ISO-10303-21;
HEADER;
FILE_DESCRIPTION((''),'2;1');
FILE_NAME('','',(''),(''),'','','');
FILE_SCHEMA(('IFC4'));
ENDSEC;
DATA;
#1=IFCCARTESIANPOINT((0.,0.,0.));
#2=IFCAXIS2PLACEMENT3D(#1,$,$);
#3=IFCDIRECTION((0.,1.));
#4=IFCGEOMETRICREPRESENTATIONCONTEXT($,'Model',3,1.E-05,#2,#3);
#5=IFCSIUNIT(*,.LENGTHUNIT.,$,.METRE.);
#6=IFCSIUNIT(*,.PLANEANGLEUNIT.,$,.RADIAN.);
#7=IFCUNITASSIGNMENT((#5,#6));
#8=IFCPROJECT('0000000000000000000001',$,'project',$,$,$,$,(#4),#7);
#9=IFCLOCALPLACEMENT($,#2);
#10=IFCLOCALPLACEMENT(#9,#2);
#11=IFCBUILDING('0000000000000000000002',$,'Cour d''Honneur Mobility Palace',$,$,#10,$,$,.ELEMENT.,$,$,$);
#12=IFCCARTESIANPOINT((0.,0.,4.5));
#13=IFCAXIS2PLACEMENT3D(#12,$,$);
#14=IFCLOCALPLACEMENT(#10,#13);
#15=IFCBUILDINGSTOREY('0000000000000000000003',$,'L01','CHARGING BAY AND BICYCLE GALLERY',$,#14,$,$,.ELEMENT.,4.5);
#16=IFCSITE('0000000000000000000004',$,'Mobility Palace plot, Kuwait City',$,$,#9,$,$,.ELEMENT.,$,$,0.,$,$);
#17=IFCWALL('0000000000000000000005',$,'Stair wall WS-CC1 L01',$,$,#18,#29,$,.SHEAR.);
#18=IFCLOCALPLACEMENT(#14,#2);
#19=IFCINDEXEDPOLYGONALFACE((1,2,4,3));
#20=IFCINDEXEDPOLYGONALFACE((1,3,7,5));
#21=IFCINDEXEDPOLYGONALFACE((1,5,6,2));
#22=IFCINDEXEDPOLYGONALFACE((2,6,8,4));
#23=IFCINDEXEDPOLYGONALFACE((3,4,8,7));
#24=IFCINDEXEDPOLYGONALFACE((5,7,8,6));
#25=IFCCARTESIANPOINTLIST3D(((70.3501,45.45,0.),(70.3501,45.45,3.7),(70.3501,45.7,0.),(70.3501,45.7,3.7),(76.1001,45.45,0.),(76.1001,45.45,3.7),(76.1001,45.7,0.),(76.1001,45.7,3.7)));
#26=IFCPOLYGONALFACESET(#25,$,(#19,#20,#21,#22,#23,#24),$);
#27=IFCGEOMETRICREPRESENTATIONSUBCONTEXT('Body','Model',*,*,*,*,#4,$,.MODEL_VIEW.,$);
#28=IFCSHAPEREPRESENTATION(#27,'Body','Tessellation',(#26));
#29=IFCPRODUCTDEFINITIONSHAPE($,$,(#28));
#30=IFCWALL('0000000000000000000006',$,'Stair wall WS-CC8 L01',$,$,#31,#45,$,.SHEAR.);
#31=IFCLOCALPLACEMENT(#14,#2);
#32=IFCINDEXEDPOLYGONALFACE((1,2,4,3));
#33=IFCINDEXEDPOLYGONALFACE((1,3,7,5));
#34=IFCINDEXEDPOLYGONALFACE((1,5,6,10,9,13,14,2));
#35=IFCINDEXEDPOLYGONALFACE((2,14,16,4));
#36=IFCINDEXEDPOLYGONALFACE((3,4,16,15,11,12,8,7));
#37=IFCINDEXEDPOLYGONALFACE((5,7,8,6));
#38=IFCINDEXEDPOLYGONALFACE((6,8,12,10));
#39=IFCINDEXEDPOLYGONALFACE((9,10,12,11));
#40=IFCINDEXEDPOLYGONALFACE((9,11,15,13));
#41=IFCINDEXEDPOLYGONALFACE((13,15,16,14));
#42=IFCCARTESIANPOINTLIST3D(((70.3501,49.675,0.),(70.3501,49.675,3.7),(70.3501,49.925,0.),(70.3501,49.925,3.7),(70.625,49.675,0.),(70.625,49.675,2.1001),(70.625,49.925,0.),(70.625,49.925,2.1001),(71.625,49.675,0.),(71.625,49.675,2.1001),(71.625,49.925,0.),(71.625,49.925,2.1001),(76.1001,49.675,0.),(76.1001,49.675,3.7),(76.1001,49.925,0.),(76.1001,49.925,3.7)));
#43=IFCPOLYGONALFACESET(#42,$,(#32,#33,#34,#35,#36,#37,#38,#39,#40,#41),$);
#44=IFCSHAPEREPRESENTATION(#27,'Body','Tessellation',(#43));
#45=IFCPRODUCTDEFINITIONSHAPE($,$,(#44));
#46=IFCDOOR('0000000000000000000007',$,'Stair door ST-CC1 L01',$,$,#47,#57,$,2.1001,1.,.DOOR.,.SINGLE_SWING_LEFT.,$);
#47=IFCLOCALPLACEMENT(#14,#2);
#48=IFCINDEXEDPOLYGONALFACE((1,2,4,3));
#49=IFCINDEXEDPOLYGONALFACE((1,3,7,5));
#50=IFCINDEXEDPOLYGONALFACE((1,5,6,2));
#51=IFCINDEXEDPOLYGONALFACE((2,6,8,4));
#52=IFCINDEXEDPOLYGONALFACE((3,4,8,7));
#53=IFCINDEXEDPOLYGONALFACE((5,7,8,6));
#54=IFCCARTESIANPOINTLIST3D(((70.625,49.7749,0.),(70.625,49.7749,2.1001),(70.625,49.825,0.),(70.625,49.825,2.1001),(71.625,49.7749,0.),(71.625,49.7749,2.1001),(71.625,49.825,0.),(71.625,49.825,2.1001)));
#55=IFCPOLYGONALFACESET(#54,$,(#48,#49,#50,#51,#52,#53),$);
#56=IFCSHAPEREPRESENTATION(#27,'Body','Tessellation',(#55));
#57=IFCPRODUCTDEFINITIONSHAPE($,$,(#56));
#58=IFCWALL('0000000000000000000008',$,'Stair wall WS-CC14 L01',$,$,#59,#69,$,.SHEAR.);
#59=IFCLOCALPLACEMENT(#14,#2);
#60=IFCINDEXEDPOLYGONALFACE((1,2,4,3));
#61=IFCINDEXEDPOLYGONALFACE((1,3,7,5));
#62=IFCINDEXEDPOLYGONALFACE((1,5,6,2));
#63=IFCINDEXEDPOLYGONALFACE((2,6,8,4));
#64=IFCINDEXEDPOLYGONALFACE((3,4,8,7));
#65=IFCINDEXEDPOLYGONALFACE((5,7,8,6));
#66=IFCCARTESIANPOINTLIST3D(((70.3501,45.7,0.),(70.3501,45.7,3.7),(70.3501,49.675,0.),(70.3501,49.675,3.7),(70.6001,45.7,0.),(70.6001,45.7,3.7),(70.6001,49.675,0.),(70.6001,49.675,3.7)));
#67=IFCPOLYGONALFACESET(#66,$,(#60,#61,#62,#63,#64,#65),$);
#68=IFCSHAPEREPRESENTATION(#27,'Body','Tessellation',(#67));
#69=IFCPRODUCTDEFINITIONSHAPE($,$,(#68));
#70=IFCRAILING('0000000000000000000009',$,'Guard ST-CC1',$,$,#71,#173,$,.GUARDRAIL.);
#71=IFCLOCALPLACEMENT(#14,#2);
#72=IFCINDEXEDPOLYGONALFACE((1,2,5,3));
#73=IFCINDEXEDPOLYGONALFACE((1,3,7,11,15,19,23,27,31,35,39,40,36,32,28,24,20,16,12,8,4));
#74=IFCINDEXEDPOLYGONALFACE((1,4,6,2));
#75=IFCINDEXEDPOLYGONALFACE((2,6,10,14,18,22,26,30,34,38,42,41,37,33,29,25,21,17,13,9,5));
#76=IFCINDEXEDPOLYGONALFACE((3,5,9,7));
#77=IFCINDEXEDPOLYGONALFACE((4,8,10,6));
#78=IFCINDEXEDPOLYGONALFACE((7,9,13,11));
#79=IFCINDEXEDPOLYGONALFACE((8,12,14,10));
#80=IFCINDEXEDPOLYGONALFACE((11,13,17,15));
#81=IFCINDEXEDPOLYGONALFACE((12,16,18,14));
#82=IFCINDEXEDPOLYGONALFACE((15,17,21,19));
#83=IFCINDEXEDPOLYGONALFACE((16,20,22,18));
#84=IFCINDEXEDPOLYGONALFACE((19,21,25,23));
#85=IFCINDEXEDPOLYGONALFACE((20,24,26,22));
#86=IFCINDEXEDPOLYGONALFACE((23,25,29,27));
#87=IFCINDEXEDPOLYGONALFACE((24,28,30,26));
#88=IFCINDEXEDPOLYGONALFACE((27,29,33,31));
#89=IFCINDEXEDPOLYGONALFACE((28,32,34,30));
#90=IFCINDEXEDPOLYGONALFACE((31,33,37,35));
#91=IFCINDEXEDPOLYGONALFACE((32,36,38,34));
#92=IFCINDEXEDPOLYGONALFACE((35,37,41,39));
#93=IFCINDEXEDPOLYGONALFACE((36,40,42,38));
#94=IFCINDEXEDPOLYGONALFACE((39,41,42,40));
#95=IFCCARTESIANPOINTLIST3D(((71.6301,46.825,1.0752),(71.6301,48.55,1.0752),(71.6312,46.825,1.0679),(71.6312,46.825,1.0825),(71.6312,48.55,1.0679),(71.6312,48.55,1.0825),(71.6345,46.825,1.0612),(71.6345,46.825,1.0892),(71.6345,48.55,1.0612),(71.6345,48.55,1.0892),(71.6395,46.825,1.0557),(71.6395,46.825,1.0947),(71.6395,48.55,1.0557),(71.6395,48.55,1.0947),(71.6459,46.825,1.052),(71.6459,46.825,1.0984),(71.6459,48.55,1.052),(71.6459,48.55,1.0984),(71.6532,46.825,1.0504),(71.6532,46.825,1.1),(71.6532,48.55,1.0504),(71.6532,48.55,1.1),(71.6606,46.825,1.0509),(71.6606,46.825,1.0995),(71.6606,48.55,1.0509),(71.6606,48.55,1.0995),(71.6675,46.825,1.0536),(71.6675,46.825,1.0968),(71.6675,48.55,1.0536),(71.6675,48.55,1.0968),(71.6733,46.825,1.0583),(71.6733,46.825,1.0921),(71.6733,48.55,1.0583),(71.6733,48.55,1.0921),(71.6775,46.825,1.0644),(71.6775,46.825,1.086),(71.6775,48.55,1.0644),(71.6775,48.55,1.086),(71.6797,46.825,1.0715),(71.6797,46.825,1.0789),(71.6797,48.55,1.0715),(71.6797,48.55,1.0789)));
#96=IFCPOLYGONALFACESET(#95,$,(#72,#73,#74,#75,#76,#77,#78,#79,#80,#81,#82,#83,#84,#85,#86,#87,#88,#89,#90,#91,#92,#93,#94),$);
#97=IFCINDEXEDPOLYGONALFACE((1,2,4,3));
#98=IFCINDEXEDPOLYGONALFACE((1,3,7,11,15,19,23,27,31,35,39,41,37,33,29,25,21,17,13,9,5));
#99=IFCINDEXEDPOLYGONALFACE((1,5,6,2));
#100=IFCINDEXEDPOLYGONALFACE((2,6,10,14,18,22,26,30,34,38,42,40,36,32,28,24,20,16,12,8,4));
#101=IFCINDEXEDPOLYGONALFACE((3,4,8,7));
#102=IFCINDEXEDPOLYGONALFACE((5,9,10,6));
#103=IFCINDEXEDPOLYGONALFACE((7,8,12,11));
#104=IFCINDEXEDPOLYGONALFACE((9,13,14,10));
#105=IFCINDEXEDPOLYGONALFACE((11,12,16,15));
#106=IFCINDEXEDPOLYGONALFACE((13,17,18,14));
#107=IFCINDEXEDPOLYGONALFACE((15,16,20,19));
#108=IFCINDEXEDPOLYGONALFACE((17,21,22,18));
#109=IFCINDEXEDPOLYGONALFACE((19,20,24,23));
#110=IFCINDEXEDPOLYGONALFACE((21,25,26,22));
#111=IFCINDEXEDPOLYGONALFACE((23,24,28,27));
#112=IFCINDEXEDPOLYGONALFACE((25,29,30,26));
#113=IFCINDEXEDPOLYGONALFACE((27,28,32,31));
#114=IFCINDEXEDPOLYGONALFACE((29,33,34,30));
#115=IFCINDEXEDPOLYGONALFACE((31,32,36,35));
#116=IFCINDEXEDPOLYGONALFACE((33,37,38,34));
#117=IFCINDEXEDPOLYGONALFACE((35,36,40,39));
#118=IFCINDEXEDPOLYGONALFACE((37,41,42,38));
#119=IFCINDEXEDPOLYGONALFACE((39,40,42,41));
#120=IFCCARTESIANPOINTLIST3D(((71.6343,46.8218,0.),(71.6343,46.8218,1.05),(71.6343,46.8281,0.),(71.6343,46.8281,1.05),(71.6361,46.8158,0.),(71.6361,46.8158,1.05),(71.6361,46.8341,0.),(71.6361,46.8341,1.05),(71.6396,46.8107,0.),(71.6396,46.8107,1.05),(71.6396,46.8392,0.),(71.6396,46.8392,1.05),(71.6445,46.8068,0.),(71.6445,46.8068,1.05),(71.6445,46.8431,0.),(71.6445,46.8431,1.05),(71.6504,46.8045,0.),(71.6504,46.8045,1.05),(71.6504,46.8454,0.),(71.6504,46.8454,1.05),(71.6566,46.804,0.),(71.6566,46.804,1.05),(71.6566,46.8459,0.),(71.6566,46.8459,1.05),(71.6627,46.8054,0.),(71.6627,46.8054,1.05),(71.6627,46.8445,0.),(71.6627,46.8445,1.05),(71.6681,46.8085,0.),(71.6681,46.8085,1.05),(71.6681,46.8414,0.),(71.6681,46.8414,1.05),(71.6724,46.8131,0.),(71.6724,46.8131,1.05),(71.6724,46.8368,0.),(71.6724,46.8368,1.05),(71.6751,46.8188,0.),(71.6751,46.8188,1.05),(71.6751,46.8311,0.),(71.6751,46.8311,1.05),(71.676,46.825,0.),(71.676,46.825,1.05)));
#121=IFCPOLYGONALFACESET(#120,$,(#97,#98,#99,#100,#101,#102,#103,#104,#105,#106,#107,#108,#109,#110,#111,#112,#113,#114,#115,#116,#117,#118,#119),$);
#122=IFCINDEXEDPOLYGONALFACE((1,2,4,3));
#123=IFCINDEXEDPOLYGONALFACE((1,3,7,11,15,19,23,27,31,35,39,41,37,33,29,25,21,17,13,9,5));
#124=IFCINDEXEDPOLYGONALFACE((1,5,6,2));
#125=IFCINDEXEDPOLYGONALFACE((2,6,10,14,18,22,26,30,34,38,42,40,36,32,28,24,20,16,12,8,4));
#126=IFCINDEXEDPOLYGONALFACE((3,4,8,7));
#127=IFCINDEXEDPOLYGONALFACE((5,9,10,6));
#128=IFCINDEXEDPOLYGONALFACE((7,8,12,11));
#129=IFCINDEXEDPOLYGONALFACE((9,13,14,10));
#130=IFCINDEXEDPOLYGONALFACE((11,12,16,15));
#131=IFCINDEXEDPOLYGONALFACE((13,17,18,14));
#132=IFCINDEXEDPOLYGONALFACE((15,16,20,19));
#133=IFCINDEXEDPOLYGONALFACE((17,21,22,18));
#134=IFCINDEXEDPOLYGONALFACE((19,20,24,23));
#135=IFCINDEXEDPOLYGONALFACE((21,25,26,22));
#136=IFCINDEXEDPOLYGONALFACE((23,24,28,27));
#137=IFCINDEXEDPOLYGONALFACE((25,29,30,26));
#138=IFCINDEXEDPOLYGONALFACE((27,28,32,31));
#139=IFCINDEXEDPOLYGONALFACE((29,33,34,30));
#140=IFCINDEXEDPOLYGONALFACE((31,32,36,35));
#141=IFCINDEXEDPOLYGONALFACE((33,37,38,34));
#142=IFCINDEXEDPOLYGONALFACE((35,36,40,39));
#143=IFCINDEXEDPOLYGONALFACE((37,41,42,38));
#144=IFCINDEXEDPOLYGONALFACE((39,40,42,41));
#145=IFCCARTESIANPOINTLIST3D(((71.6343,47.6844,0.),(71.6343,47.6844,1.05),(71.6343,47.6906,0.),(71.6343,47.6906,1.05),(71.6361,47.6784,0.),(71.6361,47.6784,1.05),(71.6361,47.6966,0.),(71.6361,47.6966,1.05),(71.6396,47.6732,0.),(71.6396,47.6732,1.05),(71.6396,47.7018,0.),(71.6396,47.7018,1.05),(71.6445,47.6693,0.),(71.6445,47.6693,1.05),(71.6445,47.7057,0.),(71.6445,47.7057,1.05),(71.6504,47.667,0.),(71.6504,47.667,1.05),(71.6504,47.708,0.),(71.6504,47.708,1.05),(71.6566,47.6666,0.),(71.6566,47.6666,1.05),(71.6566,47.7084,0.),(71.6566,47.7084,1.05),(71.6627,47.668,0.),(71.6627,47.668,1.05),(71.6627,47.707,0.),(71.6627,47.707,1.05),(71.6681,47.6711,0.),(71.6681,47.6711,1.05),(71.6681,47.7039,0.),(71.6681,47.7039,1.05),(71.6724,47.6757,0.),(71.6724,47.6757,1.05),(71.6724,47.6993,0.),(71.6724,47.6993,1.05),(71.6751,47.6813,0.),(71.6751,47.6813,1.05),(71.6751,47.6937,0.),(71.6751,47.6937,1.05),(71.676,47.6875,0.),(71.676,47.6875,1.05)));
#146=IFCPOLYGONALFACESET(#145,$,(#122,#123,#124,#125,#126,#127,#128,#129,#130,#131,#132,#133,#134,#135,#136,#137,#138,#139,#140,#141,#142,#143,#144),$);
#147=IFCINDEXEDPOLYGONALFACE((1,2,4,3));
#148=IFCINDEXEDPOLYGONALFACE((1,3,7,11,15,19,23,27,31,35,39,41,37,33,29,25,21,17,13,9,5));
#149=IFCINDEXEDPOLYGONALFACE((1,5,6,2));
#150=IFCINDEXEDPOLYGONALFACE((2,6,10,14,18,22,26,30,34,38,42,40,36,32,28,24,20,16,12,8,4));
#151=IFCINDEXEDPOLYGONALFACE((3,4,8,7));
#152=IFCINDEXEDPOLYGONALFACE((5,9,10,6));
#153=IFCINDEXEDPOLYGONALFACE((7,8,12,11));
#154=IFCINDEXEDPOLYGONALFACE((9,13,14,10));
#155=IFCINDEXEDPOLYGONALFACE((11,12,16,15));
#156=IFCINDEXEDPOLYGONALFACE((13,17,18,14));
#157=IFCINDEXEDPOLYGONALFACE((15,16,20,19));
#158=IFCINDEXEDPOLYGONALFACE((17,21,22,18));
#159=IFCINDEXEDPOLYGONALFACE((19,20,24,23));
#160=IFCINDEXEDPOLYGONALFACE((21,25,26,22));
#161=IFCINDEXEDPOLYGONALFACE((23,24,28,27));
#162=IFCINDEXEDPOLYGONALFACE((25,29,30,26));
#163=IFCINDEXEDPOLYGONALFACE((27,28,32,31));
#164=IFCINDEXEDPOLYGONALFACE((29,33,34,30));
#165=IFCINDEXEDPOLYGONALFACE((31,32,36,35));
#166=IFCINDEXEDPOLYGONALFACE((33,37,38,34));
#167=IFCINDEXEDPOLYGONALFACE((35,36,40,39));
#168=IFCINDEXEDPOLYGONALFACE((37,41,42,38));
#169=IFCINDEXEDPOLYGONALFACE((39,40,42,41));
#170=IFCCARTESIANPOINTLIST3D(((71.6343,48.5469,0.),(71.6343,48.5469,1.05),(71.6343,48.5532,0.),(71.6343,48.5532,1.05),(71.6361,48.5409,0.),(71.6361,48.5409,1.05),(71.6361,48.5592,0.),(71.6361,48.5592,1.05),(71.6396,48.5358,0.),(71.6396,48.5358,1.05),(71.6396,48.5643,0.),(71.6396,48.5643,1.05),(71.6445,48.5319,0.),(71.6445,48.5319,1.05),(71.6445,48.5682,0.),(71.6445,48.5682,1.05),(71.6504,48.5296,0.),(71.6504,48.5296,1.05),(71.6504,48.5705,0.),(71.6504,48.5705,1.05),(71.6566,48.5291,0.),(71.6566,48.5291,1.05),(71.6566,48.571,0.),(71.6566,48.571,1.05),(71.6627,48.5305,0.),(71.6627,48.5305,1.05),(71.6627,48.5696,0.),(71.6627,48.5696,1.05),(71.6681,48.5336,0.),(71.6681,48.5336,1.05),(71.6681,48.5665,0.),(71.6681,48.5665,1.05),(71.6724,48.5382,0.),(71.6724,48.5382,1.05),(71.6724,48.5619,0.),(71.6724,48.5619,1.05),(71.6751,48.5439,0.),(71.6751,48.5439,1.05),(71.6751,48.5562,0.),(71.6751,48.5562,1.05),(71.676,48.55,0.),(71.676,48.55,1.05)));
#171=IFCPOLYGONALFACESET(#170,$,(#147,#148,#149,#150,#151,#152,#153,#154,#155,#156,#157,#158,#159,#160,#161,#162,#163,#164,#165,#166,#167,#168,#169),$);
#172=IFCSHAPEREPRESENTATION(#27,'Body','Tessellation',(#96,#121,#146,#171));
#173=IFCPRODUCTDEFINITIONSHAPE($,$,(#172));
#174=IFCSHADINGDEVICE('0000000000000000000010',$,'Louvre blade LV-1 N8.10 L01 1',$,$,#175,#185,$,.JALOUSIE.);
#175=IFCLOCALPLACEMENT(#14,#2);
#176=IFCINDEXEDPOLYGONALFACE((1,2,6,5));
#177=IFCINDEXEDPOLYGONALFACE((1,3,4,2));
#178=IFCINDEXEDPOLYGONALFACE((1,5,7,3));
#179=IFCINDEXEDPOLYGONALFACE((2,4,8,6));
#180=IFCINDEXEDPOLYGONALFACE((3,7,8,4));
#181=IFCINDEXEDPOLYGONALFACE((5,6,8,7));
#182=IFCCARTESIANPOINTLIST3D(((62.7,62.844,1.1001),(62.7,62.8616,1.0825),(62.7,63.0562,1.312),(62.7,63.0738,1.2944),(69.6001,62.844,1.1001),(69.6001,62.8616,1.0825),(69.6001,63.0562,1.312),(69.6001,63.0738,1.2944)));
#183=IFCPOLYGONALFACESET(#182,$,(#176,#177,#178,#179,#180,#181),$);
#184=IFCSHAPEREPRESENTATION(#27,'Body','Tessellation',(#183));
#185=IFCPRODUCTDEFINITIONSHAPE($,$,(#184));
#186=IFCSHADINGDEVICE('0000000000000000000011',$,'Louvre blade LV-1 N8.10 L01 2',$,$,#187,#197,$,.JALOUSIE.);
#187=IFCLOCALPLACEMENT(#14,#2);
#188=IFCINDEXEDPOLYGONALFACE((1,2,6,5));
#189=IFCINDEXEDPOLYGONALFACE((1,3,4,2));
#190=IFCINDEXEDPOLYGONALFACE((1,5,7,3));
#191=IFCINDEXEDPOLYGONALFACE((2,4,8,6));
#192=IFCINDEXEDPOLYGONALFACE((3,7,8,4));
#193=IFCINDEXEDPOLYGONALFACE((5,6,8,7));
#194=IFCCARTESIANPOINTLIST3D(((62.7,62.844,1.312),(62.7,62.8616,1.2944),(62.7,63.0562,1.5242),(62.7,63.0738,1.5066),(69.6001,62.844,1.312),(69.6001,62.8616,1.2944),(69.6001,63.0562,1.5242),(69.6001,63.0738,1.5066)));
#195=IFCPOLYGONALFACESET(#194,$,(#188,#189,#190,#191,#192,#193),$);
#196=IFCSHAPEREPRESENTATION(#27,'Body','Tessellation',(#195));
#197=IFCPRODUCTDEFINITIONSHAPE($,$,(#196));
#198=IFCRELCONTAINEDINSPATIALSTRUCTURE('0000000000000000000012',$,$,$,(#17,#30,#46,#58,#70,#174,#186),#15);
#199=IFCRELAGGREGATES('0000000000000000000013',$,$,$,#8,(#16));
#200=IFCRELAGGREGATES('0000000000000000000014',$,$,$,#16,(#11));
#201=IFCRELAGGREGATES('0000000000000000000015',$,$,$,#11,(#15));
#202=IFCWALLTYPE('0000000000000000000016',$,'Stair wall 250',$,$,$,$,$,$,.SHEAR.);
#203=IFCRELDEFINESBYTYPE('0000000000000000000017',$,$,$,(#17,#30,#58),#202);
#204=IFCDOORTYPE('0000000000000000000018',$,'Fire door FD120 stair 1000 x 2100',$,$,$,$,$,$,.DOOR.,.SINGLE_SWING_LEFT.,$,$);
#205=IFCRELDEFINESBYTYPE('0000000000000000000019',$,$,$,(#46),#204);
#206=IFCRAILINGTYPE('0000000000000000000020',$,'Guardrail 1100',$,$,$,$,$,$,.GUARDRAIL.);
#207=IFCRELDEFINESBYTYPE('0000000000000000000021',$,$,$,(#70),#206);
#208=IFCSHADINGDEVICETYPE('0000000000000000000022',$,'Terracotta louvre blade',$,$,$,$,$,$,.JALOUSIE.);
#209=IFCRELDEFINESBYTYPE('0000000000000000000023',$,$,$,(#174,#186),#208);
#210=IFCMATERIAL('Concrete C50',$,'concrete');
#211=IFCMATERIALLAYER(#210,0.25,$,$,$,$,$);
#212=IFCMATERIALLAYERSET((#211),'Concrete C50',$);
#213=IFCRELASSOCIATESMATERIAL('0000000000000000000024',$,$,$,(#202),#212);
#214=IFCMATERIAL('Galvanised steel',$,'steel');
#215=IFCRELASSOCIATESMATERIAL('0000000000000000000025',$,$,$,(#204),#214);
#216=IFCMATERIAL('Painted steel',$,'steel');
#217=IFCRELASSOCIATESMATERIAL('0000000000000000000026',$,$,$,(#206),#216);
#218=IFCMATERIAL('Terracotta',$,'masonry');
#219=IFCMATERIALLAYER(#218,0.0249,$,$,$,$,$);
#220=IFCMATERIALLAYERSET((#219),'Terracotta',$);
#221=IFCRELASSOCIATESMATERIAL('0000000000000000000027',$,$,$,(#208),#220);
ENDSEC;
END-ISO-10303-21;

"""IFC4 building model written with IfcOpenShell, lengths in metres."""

from ifc_helpers import new_model, si_unit, direction, frame, frame_2d, origin, origin_2d, place, context, subcontext, project, spatial, polyline, rectangle, circle, outline, extrude, material, layer, layer_set, type_object, element, fill, save


model = new_model("IFC4")

# Units and contexts
model_context = context("Model", 3, precision=1e-05, world=origin(), true_north=direction((0.0, 1.0)))
body_context = subcontext(model_context, "Body", "Model", "MODEL_VIEW")
ifc_project = project(units=[si_unit("LENGTHUNIT", "METRE"), si_unit("PLANEANGLEUNIT", "RADIAN")], contexts=[model_context])

# Site, building, storey
site_placement = place(None, origin())
site = spatial("IfcSite", under=ifc_project, at=site_placement, Name="Mobility Palace plot, Kuwait City", CompositionType="ELEMENT", RefElevation=0.0)
building_placement = place(site_placement, origin())
building = spatial("IfcBuilding", under=site, at=building_placement, Name="Cour d'Honneur Mobility Palace", CompositionType="ELEMENT")
storey_placement = place(building_placement, frame((0.0, 0.0, 4.5)))
storey = spatial("IfcBuildingStorey", under=building, at=storey_placement, Name="L01", Description="CHARGING BAY AND BICYCLE GALLERY", CompositionType="ELEMENT", Elevation=4.5)

# Wall
ifc_material_1 = material(Name="Concrete C50", Category="concrete")
ifc_layer_1 = layer(ifc_material_1, 0.25)
ifc_layer_set_1 = layer_set([ifc_layer_1], Name="Concrete C50")
wall_type_1 = type_object("IfcWallType", Name="Stair wall 250", PredefinedType="SHEAR", material=ifc_layer_set_1)
wall_1_placement = place(storey_placement, frame((70.3501, 45.575, 0.0), z_axis=(0.0, 0.0, 1.0), x_axis=(1.0, 0.0, 0.0)))
element("IfcWall", 1, at=wall_1_placement, inside=storey, type_object=wall_type_1, Name="Stair wall WS-CC1 L01", PredefinedType="SHEAR", context=body_context, shape_type="SweptSolid", body=[
    extrude(rectangle(XDim=5.75, YDim=0.25, at=frame_2d((2.875, 0.0))), origin(), (0.0, 0.0, 1.0), 3.7),
])

# Wall, opening, door
wall_2_placement = place(storey_placement, frame((70.3501, 49.8, 0.0), z_axis=(0.0, 0.0, 1.0), x_axis=(1.0, 0.0, 0.0)))
wall_2 = element("IfcWall", 2, at=wall_2_placement, inside=storey, type_object=wall_type_1, Name="Stair wall WS-CC8 L01", PredefinedType="SHEAR", context=body_context, shape_type="SweptSolid", body=[
    extrude(rectangle(XDim=5.75, YDim=0.25, at=frame_2d((2.875, 0.0))), origin(), (0.0, 0.0, 1.0), 3.7),
])
opening_placement = place(wall_2_placement, frame((0.2749, 0.0, 0.0)))
opening = element("IfcOpeningElement", 3, at=opening_placement, cuts=wall_2, PredefinedType="OPENING", context=body_context, shape_type="SweptSolid", body=[
    extrude(rectangle(XDim=1.0, YDim=2.1001, at=frame_2d((0.5, 1.05))), frame((0.0, 0.135, 0.0), z_axis=(0.0, -1.0, 0.0), x_axis=(1.0, 0.0, 0.0)), (0.0, 0.0, 1.0), 0.27),
])
ifc_material_2 = material(Name="Galvanised steel", Category="steel")
door_type = type_object("IfcDoorType", Name="Fire door FD120 stair 1000 x 2100", OperationType="SINGLE_SWING_LEFT", PredefinedType="DOOR", material=ifc_material_2)
door_placement = place(opening_placement, origin())
door = element("IfcDoor", 4, at=door_placement, inside=storey, type_object=door_type, Name="Stair door ST-CC1 L01", OperationType="SINGLE_SWING_LEFT", OverallHeight=2.1001, OverallWidth=1.0, PredefinedType="DOOR", context=body_context, shape_type="SweptSolid", body=[
    extrude(rectangle(XDim=1.0, YDim=2.1001, at=frame_2d((0.5, 1.05))), frame((0.0, 0.0249, 0.0), z_axis=(0.0, -1.0, 0.0), x_axis=(1.0, 0.0, 0.0)), (0.0, 0.0, 1.0), 0.05),
])
fill(opening, door)

# Wall
wall_3_placement = place(storey_placement, frame((70.4751, 45.7, 0.0), z_axis=(0.0, 0.0, 1.0), x_axis=(0.0, 1.0, 0.0)))
element("IfcWall", 5, at=wall_3_placement, inside=storey, type_object=wall_type_1, Name="Stair wall WS-CC14 L01", PredefinedType="SHEAR", context=body_context, shape_type="SweptSolid", body=[
    extrude(rectangle(XDim=3.9751, YDim=0.25, at=frame_2d((1.9875, 0.0))), origin(), (0.0, 0.0, 1.0), 3.7),
])

# Railing
ifc_material_3 = material(Name="Painted steel", Category="steel")
railing_type = type_object("IfcRailingType", Name="Guardrail 1100", PredefinedType="GUARDRAIL", material=ifc_material_3)
railing_placement = place(storey_placement, frame((71.655, 46.825, 0.0)))
element("IfcRailing", 6, at=railing_placement, inside=storey, type_object=railing_type, Name="Guard ST-CC1", PredefinedType="GUARDRAIL", context=body_context, shape_type="SweptSolid", body=[
    extrude(circle(Radius=0.0249, at=origin_2d()), frame((0.0, 0.0, 1.0752), z_axis=(0.0, 1.0, 0.0), x_axis=(-1.0, 0.0, 0.0)), (0.0, 0.0, 1.0), 1.7251),
    extrude(circle(Radius=0.021, at=origin_2d()), origin(), (0.0, 0.0, 1.0), 1.05),
    extrude(circle(Radius=0.021, at=origin_2d()), frame((0.0, 0.8625, 0.0)), (0.0, 0.0, 1.0), 1.05),
    extrude(circle(Radius=0.021, at=origin_2d()), frame((0.0, 1.7251, 0.0)), (0.0, 0.0, 1.0), 1.05),
])

# Shading devices
ifc_material_4 = material(Name="Terracotta", Category="masonry")
ifc_layer_2 = layer(ifc_material_4, 0.0249)
ifc_layer_set_2 = layer_set([ifc_layer_2], Name="Terracotta")
shading_device_type = type_object("IfcShadingDeviceType", Name="Terracotta louvre blade", PredefinedType="JALOUSIE", material=ifc_layer_set_2)
shading_device_1_placement = place(storey_placement, frame((69.6001, 62.844, 1.1001), z_axis=(0.0, -0.7067, 0.707514), x_axis=(-1.0, 0.0, 0.0)))
element("IfcShadingDevice", 7, at=shading_device_1_placement, inside=storey, type_object=shading_device_type, Name="Louvre blade LV-1 N8.10 L01 1", PredefinedType="JALOUSIE", context=body_context, shape_type="SweptSolid", body=[
    extrude(outline(polyline([(0.0, 0.0), (6.9001, 0.0), (6.9001, -0.2999), (0.0, -0.2999), (0.0, 0.0)])), origin(), (0.0, 0.0, -1.0), 0.0249),
])
for number, where, z_axis, x_axis, name in (
    (8, (69.6001, 62.844, 1.312), (0.0, -0.707107, 0.707107), (-1.0, 0.0, 0.0), "Louvre blade LV-1 N8.10 L01 2"),
):
    element("IfcShadingDevice", number, at=place(storey_placement, frame(where, z_axis=z_axis, x_axis=x_axis)), inside=storey, type_object=shading_device_type, Name=name, PredefinedType="JALOUSIE", context=body_context, shape_type="SweptSolid", body=[
        extrude(outline(polyline([(0.0, 0.0), (6.9001, 0.0), (6.9001, -0.3), (0.0, -0.3), (0.0, 0.0)])), origin(), (0.0, 0.0, -1.0), 0.0249),
    ])

save(model, "model.ifc")
